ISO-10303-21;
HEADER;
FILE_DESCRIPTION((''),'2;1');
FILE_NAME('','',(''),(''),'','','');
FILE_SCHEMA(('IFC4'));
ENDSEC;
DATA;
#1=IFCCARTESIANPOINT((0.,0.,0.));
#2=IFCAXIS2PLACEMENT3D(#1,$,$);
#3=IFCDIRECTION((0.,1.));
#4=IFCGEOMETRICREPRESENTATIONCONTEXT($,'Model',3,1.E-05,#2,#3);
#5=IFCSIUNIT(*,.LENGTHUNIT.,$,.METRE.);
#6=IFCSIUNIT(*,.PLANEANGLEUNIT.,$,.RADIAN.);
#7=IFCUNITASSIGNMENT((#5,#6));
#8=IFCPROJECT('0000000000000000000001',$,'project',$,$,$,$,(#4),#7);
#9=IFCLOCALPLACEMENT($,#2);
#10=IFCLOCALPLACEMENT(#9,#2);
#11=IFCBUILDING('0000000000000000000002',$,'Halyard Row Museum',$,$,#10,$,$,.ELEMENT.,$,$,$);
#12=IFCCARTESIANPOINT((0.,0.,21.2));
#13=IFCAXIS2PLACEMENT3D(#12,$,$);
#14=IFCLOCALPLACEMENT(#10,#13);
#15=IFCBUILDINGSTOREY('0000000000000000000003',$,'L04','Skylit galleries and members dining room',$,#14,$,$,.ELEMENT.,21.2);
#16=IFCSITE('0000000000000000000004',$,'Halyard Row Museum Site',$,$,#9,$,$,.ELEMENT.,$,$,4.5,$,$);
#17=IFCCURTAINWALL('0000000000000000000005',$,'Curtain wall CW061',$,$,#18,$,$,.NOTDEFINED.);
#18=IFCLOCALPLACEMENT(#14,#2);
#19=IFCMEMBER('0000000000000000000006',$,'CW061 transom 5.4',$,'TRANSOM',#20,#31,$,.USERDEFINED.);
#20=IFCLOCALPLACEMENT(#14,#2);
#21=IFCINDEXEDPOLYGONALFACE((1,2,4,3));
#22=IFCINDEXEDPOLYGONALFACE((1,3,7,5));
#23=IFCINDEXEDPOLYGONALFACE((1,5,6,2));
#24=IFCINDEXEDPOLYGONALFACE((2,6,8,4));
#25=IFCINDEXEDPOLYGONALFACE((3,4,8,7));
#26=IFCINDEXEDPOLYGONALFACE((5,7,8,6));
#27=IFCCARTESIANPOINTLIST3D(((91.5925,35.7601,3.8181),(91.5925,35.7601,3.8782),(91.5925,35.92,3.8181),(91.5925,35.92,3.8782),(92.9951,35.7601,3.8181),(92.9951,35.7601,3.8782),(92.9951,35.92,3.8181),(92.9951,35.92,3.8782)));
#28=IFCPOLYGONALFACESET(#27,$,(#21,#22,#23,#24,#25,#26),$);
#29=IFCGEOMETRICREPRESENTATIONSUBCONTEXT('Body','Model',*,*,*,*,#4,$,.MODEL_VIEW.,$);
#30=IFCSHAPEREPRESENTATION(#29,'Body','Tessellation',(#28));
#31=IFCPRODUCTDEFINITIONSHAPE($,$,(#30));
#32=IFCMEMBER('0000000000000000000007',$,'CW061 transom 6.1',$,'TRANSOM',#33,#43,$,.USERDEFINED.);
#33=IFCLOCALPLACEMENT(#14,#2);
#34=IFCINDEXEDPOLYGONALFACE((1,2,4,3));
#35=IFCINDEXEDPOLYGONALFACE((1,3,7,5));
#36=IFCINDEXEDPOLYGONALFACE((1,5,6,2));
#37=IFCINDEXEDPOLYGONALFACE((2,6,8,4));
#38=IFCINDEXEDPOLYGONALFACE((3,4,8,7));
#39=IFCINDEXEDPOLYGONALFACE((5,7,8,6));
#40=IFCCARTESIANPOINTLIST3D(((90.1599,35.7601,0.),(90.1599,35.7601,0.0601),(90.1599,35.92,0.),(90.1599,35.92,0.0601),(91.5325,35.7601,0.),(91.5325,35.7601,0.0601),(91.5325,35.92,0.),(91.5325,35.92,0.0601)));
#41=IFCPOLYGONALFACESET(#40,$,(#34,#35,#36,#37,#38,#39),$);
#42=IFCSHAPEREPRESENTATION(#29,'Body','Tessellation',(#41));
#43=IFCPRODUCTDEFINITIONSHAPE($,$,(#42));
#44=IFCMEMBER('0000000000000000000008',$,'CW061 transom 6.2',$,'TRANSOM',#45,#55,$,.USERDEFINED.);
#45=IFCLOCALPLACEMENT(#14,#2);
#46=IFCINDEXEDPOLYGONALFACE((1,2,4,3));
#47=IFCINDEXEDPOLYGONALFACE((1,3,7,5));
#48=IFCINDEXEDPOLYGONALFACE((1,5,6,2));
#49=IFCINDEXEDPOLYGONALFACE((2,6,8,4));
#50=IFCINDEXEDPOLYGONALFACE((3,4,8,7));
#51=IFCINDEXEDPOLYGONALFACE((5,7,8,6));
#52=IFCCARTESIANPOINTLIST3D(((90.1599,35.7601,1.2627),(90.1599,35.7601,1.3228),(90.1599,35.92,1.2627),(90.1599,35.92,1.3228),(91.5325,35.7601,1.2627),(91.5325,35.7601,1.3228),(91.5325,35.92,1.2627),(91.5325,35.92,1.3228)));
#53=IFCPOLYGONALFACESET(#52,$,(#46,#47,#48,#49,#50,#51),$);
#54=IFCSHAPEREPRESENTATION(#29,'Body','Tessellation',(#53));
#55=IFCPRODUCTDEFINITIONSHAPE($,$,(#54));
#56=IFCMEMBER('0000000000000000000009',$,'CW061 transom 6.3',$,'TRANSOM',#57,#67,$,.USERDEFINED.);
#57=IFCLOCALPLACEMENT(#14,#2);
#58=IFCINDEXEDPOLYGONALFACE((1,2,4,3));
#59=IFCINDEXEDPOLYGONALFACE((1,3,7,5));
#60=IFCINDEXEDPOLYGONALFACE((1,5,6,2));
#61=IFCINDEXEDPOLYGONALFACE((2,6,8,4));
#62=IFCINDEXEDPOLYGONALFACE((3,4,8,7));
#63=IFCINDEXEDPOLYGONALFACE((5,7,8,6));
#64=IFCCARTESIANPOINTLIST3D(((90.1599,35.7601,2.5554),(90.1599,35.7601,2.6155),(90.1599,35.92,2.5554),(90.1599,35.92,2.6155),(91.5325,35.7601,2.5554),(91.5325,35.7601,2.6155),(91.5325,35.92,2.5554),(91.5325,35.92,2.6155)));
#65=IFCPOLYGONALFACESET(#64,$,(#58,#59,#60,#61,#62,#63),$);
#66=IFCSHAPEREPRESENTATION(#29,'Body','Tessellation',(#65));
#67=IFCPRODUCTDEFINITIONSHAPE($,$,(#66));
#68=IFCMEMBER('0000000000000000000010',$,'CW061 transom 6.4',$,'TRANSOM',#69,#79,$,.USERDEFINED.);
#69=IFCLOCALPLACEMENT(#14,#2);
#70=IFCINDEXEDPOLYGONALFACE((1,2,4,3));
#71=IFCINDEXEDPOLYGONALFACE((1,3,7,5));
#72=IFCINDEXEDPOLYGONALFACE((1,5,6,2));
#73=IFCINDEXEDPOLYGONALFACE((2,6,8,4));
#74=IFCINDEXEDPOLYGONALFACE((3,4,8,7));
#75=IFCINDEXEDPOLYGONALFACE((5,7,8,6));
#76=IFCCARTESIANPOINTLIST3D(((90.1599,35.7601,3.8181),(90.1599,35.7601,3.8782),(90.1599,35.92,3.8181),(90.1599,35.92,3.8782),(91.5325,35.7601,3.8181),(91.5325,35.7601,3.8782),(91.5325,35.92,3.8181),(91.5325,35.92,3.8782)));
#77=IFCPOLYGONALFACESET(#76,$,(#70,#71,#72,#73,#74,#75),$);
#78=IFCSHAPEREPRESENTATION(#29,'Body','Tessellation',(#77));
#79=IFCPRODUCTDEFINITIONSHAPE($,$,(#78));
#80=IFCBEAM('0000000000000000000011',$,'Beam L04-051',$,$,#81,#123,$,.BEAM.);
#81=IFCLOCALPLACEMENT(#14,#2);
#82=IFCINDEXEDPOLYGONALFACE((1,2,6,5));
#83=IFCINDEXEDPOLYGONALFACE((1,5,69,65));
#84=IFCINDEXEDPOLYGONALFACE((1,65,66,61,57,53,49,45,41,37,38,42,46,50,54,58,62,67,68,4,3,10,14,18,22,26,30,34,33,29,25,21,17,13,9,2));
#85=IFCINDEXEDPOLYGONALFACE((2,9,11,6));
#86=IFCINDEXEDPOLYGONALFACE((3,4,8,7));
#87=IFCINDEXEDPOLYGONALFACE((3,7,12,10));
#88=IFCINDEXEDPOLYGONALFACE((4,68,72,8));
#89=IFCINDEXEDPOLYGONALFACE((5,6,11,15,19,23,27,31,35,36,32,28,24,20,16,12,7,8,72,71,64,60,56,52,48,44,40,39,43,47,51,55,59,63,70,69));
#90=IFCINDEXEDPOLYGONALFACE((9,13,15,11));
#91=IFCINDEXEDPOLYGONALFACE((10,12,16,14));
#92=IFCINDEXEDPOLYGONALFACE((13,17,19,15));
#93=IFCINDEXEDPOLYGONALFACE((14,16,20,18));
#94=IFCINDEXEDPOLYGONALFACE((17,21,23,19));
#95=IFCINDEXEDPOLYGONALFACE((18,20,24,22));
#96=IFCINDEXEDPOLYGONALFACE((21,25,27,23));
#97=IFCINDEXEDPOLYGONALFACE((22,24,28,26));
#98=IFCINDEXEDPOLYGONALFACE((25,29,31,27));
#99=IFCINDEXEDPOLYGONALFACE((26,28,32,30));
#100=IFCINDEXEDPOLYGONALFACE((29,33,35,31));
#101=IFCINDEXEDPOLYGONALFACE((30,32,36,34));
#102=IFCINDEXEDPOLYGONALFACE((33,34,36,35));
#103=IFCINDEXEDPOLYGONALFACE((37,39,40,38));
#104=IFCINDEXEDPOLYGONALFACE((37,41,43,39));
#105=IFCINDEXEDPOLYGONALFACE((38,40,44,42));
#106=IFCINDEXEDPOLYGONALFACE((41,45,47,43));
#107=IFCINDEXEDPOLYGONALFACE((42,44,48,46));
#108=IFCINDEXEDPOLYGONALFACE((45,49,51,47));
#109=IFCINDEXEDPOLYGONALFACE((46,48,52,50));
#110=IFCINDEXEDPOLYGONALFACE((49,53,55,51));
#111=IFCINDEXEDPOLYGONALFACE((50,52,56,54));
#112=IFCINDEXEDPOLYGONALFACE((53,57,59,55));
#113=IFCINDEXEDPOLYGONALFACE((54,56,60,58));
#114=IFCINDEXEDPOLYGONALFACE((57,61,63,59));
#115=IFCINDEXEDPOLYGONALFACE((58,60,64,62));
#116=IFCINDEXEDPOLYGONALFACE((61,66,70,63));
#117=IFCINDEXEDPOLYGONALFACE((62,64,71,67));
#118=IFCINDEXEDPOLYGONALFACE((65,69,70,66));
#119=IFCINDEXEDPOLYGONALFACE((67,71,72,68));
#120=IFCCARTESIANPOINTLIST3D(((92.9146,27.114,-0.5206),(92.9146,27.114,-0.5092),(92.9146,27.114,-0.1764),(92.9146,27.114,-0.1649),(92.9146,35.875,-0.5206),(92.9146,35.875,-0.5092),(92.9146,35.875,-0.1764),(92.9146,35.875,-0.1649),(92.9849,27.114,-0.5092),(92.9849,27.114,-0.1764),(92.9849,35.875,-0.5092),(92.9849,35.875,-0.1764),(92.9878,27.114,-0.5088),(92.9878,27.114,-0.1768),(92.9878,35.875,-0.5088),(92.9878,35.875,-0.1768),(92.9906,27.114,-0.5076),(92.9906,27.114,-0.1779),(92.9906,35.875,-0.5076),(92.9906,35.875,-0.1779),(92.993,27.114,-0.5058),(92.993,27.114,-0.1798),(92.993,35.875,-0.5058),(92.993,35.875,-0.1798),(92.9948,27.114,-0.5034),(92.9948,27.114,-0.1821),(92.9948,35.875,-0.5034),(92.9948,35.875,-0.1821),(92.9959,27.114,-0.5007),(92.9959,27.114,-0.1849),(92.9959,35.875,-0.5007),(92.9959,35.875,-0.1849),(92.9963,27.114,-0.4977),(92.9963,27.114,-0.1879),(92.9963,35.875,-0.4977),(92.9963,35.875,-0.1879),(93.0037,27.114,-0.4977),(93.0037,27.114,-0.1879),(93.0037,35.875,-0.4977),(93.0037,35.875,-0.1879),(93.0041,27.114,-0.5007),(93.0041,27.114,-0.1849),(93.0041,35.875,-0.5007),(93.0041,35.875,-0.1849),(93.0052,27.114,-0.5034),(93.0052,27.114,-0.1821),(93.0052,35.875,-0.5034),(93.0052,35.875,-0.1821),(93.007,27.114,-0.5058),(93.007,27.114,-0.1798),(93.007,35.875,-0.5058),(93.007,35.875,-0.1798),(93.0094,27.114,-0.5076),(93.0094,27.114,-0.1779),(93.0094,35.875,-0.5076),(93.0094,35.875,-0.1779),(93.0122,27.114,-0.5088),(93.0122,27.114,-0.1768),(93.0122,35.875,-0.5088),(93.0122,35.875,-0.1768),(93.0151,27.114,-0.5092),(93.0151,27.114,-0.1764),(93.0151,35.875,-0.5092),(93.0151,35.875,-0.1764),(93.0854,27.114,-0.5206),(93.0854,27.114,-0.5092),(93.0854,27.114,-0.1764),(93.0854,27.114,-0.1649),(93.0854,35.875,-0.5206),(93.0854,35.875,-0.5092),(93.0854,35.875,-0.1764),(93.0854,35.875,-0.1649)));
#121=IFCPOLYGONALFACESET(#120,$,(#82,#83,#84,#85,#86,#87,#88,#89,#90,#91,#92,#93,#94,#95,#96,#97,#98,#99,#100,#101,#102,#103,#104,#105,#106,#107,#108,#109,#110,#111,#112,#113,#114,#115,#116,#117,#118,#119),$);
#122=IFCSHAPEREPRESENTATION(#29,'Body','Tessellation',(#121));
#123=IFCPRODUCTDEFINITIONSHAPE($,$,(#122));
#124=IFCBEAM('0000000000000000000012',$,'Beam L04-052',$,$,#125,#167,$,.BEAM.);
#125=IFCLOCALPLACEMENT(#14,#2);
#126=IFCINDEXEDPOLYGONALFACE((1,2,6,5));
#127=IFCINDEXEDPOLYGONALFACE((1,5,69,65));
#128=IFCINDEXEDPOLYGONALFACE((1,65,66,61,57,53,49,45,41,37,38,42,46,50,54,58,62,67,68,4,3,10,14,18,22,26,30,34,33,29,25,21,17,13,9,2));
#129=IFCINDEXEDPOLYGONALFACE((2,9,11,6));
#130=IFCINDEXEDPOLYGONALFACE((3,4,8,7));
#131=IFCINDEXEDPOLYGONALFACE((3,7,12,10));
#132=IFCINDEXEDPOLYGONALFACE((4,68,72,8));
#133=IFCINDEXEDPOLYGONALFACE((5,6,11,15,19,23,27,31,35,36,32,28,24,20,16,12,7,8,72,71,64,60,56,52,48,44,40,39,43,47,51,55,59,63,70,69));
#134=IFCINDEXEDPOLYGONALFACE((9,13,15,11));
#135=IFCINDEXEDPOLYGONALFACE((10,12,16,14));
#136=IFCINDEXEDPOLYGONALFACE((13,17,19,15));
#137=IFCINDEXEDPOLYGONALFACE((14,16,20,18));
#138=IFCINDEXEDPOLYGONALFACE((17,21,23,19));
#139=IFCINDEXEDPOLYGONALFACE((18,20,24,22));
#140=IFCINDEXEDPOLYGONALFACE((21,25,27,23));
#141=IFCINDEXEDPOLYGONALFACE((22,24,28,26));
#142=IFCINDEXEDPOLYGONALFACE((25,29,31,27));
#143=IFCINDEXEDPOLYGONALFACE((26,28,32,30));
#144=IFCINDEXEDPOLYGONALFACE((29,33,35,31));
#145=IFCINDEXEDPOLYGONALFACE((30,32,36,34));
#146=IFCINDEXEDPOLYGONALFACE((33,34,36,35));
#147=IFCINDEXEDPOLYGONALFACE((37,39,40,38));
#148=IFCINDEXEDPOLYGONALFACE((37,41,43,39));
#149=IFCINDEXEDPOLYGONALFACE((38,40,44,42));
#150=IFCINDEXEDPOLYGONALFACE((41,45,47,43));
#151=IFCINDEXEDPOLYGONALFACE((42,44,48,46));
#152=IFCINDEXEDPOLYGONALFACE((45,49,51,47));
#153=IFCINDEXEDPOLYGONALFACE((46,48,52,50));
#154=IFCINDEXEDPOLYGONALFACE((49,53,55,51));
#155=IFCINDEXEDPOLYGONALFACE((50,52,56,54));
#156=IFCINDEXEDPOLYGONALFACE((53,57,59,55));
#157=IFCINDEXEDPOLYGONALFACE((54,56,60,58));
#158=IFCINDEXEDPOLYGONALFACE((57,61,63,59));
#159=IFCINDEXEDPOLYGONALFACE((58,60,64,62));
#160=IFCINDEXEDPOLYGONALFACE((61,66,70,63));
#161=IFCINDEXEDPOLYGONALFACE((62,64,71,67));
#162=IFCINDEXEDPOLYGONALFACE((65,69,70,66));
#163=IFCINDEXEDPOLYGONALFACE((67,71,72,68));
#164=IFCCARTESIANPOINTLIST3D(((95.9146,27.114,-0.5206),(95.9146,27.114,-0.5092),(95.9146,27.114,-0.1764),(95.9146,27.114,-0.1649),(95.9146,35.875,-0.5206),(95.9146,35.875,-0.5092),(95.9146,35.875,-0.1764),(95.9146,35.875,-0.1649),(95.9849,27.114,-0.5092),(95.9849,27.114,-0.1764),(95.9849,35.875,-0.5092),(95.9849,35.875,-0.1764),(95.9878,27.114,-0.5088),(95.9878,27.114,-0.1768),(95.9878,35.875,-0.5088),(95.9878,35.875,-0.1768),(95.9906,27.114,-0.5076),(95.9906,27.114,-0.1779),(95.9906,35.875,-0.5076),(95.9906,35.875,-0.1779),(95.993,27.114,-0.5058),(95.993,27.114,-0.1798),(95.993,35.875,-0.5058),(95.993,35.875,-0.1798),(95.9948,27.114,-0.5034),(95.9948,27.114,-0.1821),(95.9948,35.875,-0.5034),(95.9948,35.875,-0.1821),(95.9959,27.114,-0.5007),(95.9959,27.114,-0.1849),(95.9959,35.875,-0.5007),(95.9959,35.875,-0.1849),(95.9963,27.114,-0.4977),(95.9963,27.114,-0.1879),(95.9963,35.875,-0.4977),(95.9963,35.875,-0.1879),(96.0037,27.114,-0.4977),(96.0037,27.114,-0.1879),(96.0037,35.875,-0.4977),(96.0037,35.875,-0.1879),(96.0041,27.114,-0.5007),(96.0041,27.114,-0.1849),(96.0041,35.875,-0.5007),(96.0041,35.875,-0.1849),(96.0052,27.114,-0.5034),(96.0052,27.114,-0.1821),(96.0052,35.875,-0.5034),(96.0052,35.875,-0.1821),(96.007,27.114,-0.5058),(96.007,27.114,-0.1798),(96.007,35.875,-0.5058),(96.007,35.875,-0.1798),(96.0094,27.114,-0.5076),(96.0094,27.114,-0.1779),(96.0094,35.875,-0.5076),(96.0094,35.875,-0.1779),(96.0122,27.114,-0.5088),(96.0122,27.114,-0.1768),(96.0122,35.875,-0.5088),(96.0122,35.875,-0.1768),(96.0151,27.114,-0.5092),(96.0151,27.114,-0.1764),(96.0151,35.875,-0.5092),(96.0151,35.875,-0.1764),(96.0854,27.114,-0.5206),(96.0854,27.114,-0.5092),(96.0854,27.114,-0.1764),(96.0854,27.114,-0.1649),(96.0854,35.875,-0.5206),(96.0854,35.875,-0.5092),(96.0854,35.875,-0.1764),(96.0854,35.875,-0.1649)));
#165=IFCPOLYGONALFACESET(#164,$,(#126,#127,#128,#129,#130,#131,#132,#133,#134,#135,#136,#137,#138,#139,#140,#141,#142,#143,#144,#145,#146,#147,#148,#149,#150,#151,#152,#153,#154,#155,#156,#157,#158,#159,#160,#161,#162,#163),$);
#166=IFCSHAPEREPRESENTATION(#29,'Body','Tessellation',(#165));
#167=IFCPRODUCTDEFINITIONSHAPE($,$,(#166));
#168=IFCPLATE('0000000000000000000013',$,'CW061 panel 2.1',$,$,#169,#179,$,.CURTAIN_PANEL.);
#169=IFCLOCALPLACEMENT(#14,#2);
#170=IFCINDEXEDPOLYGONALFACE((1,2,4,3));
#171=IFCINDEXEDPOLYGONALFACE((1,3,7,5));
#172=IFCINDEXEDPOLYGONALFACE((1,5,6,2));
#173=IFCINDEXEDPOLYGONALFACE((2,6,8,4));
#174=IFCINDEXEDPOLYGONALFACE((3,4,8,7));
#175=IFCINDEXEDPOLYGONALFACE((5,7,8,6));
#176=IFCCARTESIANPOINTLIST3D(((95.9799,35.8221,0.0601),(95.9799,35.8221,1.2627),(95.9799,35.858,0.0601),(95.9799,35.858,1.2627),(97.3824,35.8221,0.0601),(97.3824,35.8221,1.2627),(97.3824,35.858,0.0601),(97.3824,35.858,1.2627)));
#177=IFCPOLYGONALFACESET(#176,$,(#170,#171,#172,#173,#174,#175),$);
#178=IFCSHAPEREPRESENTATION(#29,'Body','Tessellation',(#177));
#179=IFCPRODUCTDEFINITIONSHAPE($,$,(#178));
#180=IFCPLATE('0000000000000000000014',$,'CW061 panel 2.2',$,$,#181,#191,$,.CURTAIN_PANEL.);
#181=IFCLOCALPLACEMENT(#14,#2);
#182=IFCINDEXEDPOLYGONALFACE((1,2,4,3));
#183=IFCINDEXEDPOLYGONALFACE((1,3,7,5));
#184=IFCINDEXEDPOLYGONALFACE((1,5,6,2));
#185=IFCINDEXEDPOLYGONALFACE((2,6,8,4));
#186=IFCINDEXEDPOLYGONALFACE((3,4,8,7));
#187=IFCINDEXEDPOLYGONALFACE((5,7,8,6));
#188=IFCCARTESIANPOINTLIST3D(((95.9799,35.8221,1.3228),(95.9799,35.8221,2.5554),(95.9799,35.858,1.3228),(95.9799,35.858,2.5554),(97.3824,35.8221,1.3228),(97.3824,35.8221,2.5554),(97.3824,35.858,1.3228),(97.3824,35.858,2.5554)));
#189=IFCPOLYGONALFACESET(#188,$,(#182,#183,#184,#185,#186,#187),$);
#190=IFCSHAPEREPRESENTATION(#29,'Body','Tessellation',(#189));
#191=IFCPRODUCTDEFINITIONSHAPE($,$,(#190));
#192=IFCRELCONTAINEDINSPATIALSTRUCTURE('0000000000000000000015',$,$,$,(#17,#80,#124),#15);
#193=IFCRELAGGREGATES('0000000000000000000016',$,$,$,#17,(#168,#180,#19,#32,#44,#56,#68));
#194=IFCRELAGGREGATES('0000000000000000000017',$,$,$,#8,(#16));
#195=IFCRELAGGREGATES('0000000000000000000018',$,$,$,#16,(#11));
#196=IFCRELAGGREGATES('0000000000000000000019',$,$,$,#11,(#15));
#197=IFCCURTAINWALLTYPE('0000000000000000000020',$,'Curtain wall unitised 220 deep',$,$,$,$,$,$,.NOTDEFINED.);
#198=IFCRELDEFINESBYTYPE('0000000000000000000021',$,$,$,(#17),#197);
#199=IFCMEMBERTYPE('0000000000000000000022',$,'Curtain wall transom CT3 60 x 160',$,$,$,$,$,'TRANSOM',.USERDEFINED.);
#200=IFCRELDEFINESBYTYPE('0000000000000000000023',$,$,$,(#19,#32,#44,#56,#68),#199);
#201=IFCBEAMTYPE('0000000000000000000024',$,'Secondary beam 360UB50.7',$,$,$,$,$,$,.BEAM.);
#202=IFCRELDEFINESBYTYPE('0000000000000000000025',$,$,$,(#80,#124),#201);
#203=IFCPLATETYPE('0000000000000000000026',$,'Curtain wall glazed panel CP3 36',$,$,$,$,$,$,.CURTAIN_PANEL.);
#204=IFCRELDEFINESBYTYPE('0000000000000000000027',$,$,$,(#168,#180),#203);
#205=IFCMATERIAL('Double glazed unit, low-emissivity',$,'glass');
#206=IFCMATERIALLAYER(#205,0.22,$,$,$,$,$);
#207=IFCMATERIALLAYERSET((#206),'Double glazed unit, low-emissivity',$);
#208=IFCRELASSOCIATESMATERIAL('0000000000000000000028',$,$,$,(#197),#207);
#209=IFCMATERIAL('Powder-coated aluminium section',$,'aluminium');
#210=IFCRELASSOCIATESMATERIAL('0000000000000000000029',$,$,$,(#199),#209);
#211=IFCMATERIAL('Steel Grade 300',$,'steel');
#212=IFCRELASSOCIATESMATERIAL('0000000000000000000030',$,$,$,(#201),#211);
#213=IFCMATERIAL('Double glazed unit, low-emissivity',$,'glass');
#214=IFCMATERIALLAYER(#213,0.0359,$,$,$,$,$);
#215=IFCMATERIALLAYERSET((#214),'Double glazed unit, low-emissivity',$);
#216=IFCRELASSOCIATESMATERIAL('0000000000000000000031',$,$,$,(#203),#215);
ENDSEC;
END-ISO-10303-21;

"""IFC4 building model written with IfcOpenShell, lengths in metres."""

from ifc_helpers import new_model, si_unit, direction, frame, origin, origin_2d, place, context, subcontext, project, spatial, rectangle, i_section, extrude, material, layer, layer_set, material_profile, profile_set, type_object, element, aggregate, save


model = new_model("IFC4")

# Units and contexts
model_context = context("Model", 3, precision=1e-05, world=origin(), true_north=direction((0.0, 1.0)))
body_context = subcontext(model_context, "Body", "Model", "MODEL_VIEW")
ifc_project = project(units=[si_unit("LENGTHUNIT", "METRE"), si_unit("PLANEANGLEUNIT", "RADIAN")], contexts=[model_context])

# Site, building, storey
site_placement = place(None, origin())
site = spatial("IfcSite", under=ifc_project, at=site_placement, Name="Halyard Row Museum Site", CompositionType="ELEMENT", RefElevation=4.5)
building_placement = place(site_placement, origin())
building = spatial("IfcBuilding", under=site, at=building_placement, Name="Halyard Row Museum", CompositionType="ELEMENT")
storey_placement = place(building_placement, frame((0.0, 0.0, 21.2)))
storey = spatial("IfcBuildingStorey", under=building, at=storey_placement, Name="L04", Description="Skylit galleries and members dining room", CompositionType="ELEMENT", Elevation=21.2)

# Curtain wall, members
ifc_material_1 = material(Name="Double glazed unit, low-emissivity", Category="glass")
ifc_layer_1 = layer(ifc_material_1, 0.22)
ifc_layer_set_1 = layer_set([ifc_layer_1], Name="Double glazed unit, low-emissivity")
curtain_wall_type_1 = type_object("IfcCurtainWallType", Name="Curtain wall unitised 220 deep", PredefinedType="NOTDEFINED", material=ifc_layer_set_1)
curtain_wall_1_placement = place(storey_placement, origin())
curtain_wall_1 = element("IfcCurtainWall", 1, at=curtain_wall_1_placement, inside=storey, type_object=curtain_wall_type_1, Name="Curtain wall CW061", PredefinedType="NOTDEFINED")
ifc_material_2 = material(Name="Powder-coated aluminium section", Category="aluminium")
ifc_material_profile_1 = material_profile(ifc_material_2, rectangle(XDim=0.1599, YDim=0.0601, at=origin_2d()), Name="160x60 transom")
ifc_profile_set_1 = profile_set([ifc_material_profile_1], Name="Powder-coated aluminium section")
member_type_1 = type_object("IfcMemberType", Name="Curtain wall transom CT3 60 x 160", ElementType="TRANSOM", PredefinedType="USERDEFINED", material=ifc_profile_set_1)
member_1_placement = place(storey_placement, frame((92.9951, 35.8401, 3.8481), z_axis=(-1.0, 0.0, 0.0), x_axis=(0.0, -1.0, 0.0)))
member_1 = element("IfcMember", 2, at=member_1_placement, type_object=member_type_1, Name="CW061 transom 5.4", ObjectType="TRANSOM", PredefinedType="USERDEFINED", context=body_context, shape_type="SweptSolid", body=[
    extrude(rectangle(XDim=0.1599, YDim=0.0601, at=origin_2d()), origin(), (0.0, 0.0, 1.0), 1.4026),
])
member_2_placement = place(storey_placement, frame((91.5325, 35.8401, 0.03), z_axis=(-1.0, 0.0, 0.0), x_axis=(0.0, -1.0, 0.0)))
member_2 = element("IfcMember", 3, at=member_2_placement, type_object=member_type_1, Name="CW061 transom 6.1", ObjectType="TRANSOM", PredefinedType="USERDEFINED", context=body_context, shape_type="SweptSolid", body=[
    extrude(rectangle(XDim=0.1599, YDim=0.0601, at=origin_2d()), origin(), (0.0, 0.0, 1.0), 1.3726),
])
member_3_placement = place(storey_placement, frame((91.5325, 35.8401, 1.2927), z_axis=(-1.0, 0.0, 0.0), x_axis=(0.0, -1.0, 0.0)))
member_3 = element("IfcMember", 4, at=member_3_placement, type_object=member_type_1, Name="CW061 transom 6.2", ObjectType="TRANSOM", PredefinedType="USERDEFINED", context=body_context, shape_type="SweptSolid", body=[
    extrude(rectangle(XDim=0.1599, YDim=0.0601, at=origin_2d()), origin(), (0.0, 0.0, 1.0), 1.3726),
])
member_4_placement = place(storey_placement, frame((91.5325, 35.8401, 2.5854), z_axis=(-1.0, 0.0, 0.0), x_axis=(0.0, -1.0, 0.0)))
member_4 = element("IfcMember", 5, at=member_4_placement, type_object=member_type_1, Name="CW061 transom 6.3", ObjectType="TRANSOM", PredefinedType="USERDEFINED", context=body_context, shape_type="SweptSolid", body=[
    extrude(rectangle(XDim=0.1599, YDim=0.0601, at=origin_2d()), origin(), (0.0, 0.0, 1.0), 1.3726),
])
member_5_placement = place(storey_placement, frame((91.5325, 35.8401, 3.8481), z_axis=(-1.0, 0.0, 0.0), x_axis=(0.0, -1.0, 0.0)))
member_5 = element("IfcMember", 6, at=member_5_placement, type_object=member_type_1, Name="CW061 transom 6.4", ObjectType="TRANSOM", PredefinedType="USERDEFINED", context=body_context, shape_type="SweptSolid", body=[
    extrude(rectangle(XDim=0.1599, YDim=0.0601, at=origin_2d()), origin(), (0.0, 0.0, 1.0), 1.3726),
])

# Beams
ifc_material_3 = material(Name="Steel Grade 300", Category="steel")
ifc_material_profile_2 = material_profile(ifc_material_3, i_section(OverallWidth=0.1709, OverallDepth=0.3557, WebThickness=0.0073, FlangeThickness=0.0115, FilletRadius=0.0115, at=origin_2d()), Name="360UB50.7")
ifc_profile_set_2 = profile_set([ifc_material_profile_2], Name="Steel Grade 300")
beam_type = type_object("IfcBeamType", Name="Secondary beam 360UB50.7", PredefinedType="BEAM", material=ifc_profile_set_2)
for number, where, z_axis, x_axis, name in (
    (7, (93.0, 27.114, -0.3428), (0.0, 1.0, 0.0), (-1.0, 0.0, 0.0), "Beam L04-051"),
    (8, (96.0, 27.114, -0.3428), (0.0, 1.0, 0.0), (-1.0, 0.0, 0.0), "Beam L04-052"),
):
    element("IfcBeam", number, at=place(storey_placement, frame(where, z_axis=z_axis, x_axis=x_axis)), inside=storey, type_object=beam_type, Name=name, PredefinedType="BEAM", context=body_context, shape_type="SweptSolid", body=[
        extrude(i_section(OverallWidth=0.1709, OverallDepth=0.3557, WebThickness=0.0073, FlangeThickness=0.0115, FilletRadius=0.0115, at=origin_2d()), origin(), (0.0, 0.0, 1.0), 8.761),
    ])

# Plates
ifc_material_4 = material(Name="Double glazed unit, low-emissivity", Category="glass")
ifc_layer_2 = layer(ifc_material_4, 0.0359)
ifc_layer_set_2 = layer_set([ifc_layer_2], Name="Double glazed unit, low-emissivity")
plate_type_1 = type_object("IfcPlateType", Name="Curtain wall glazed panel CP3 36", PredefinedType="CURTAIN_PANEL", material=ifc_layer_set_2)
plate_1_placement = place(storey_placement, frame((96.6812, 35.8401, 0.0601), z_axis=(0.0, 0.0, 1.0), x_axis=(-1.0, 0.0, 0.0)))
plate_1 = element("IfcPlate", 9, at=plate_1_placement, type_object=plate_type_1, Name="CW061 panel 2.1", PredefinedType="CURTAIN_PANEL", context=body_context, shape_type="SweptSolid", body=[
    extrude(rectangle(XDim=1.4026, YDim=0.0359, at=origin_2d()), origin(), (0.0, 0.0, 1.0), 1.2026),
])
plate_2_placement = place(storey_placement, frame((96.6812, 35.8401, 1.3228), z_axis=(0.0, 0.0, 1.0), x_axis=(-1.0, 0.0, 0.0)))
plate_2 = element("IfcPlate", 10, at=plate_2_placement, type_object=plate_type_1, Name="CW061 panel 2.2", PredefinedType="CURTAIN_PANEL", context=body_context, shape_type="SweptSolid", body=[
    extrude(rectangle(XDim=1.4026, YDim=0.0359, at=origin_2d()), origin(), (0.0, 0.0, 1.0), 1.2327),
])
aggregate(curtain_wall_1, [plate_1, plate_2, member_1, member_2, member_3, member_4, member_5])

save(model, "model.ifc")
